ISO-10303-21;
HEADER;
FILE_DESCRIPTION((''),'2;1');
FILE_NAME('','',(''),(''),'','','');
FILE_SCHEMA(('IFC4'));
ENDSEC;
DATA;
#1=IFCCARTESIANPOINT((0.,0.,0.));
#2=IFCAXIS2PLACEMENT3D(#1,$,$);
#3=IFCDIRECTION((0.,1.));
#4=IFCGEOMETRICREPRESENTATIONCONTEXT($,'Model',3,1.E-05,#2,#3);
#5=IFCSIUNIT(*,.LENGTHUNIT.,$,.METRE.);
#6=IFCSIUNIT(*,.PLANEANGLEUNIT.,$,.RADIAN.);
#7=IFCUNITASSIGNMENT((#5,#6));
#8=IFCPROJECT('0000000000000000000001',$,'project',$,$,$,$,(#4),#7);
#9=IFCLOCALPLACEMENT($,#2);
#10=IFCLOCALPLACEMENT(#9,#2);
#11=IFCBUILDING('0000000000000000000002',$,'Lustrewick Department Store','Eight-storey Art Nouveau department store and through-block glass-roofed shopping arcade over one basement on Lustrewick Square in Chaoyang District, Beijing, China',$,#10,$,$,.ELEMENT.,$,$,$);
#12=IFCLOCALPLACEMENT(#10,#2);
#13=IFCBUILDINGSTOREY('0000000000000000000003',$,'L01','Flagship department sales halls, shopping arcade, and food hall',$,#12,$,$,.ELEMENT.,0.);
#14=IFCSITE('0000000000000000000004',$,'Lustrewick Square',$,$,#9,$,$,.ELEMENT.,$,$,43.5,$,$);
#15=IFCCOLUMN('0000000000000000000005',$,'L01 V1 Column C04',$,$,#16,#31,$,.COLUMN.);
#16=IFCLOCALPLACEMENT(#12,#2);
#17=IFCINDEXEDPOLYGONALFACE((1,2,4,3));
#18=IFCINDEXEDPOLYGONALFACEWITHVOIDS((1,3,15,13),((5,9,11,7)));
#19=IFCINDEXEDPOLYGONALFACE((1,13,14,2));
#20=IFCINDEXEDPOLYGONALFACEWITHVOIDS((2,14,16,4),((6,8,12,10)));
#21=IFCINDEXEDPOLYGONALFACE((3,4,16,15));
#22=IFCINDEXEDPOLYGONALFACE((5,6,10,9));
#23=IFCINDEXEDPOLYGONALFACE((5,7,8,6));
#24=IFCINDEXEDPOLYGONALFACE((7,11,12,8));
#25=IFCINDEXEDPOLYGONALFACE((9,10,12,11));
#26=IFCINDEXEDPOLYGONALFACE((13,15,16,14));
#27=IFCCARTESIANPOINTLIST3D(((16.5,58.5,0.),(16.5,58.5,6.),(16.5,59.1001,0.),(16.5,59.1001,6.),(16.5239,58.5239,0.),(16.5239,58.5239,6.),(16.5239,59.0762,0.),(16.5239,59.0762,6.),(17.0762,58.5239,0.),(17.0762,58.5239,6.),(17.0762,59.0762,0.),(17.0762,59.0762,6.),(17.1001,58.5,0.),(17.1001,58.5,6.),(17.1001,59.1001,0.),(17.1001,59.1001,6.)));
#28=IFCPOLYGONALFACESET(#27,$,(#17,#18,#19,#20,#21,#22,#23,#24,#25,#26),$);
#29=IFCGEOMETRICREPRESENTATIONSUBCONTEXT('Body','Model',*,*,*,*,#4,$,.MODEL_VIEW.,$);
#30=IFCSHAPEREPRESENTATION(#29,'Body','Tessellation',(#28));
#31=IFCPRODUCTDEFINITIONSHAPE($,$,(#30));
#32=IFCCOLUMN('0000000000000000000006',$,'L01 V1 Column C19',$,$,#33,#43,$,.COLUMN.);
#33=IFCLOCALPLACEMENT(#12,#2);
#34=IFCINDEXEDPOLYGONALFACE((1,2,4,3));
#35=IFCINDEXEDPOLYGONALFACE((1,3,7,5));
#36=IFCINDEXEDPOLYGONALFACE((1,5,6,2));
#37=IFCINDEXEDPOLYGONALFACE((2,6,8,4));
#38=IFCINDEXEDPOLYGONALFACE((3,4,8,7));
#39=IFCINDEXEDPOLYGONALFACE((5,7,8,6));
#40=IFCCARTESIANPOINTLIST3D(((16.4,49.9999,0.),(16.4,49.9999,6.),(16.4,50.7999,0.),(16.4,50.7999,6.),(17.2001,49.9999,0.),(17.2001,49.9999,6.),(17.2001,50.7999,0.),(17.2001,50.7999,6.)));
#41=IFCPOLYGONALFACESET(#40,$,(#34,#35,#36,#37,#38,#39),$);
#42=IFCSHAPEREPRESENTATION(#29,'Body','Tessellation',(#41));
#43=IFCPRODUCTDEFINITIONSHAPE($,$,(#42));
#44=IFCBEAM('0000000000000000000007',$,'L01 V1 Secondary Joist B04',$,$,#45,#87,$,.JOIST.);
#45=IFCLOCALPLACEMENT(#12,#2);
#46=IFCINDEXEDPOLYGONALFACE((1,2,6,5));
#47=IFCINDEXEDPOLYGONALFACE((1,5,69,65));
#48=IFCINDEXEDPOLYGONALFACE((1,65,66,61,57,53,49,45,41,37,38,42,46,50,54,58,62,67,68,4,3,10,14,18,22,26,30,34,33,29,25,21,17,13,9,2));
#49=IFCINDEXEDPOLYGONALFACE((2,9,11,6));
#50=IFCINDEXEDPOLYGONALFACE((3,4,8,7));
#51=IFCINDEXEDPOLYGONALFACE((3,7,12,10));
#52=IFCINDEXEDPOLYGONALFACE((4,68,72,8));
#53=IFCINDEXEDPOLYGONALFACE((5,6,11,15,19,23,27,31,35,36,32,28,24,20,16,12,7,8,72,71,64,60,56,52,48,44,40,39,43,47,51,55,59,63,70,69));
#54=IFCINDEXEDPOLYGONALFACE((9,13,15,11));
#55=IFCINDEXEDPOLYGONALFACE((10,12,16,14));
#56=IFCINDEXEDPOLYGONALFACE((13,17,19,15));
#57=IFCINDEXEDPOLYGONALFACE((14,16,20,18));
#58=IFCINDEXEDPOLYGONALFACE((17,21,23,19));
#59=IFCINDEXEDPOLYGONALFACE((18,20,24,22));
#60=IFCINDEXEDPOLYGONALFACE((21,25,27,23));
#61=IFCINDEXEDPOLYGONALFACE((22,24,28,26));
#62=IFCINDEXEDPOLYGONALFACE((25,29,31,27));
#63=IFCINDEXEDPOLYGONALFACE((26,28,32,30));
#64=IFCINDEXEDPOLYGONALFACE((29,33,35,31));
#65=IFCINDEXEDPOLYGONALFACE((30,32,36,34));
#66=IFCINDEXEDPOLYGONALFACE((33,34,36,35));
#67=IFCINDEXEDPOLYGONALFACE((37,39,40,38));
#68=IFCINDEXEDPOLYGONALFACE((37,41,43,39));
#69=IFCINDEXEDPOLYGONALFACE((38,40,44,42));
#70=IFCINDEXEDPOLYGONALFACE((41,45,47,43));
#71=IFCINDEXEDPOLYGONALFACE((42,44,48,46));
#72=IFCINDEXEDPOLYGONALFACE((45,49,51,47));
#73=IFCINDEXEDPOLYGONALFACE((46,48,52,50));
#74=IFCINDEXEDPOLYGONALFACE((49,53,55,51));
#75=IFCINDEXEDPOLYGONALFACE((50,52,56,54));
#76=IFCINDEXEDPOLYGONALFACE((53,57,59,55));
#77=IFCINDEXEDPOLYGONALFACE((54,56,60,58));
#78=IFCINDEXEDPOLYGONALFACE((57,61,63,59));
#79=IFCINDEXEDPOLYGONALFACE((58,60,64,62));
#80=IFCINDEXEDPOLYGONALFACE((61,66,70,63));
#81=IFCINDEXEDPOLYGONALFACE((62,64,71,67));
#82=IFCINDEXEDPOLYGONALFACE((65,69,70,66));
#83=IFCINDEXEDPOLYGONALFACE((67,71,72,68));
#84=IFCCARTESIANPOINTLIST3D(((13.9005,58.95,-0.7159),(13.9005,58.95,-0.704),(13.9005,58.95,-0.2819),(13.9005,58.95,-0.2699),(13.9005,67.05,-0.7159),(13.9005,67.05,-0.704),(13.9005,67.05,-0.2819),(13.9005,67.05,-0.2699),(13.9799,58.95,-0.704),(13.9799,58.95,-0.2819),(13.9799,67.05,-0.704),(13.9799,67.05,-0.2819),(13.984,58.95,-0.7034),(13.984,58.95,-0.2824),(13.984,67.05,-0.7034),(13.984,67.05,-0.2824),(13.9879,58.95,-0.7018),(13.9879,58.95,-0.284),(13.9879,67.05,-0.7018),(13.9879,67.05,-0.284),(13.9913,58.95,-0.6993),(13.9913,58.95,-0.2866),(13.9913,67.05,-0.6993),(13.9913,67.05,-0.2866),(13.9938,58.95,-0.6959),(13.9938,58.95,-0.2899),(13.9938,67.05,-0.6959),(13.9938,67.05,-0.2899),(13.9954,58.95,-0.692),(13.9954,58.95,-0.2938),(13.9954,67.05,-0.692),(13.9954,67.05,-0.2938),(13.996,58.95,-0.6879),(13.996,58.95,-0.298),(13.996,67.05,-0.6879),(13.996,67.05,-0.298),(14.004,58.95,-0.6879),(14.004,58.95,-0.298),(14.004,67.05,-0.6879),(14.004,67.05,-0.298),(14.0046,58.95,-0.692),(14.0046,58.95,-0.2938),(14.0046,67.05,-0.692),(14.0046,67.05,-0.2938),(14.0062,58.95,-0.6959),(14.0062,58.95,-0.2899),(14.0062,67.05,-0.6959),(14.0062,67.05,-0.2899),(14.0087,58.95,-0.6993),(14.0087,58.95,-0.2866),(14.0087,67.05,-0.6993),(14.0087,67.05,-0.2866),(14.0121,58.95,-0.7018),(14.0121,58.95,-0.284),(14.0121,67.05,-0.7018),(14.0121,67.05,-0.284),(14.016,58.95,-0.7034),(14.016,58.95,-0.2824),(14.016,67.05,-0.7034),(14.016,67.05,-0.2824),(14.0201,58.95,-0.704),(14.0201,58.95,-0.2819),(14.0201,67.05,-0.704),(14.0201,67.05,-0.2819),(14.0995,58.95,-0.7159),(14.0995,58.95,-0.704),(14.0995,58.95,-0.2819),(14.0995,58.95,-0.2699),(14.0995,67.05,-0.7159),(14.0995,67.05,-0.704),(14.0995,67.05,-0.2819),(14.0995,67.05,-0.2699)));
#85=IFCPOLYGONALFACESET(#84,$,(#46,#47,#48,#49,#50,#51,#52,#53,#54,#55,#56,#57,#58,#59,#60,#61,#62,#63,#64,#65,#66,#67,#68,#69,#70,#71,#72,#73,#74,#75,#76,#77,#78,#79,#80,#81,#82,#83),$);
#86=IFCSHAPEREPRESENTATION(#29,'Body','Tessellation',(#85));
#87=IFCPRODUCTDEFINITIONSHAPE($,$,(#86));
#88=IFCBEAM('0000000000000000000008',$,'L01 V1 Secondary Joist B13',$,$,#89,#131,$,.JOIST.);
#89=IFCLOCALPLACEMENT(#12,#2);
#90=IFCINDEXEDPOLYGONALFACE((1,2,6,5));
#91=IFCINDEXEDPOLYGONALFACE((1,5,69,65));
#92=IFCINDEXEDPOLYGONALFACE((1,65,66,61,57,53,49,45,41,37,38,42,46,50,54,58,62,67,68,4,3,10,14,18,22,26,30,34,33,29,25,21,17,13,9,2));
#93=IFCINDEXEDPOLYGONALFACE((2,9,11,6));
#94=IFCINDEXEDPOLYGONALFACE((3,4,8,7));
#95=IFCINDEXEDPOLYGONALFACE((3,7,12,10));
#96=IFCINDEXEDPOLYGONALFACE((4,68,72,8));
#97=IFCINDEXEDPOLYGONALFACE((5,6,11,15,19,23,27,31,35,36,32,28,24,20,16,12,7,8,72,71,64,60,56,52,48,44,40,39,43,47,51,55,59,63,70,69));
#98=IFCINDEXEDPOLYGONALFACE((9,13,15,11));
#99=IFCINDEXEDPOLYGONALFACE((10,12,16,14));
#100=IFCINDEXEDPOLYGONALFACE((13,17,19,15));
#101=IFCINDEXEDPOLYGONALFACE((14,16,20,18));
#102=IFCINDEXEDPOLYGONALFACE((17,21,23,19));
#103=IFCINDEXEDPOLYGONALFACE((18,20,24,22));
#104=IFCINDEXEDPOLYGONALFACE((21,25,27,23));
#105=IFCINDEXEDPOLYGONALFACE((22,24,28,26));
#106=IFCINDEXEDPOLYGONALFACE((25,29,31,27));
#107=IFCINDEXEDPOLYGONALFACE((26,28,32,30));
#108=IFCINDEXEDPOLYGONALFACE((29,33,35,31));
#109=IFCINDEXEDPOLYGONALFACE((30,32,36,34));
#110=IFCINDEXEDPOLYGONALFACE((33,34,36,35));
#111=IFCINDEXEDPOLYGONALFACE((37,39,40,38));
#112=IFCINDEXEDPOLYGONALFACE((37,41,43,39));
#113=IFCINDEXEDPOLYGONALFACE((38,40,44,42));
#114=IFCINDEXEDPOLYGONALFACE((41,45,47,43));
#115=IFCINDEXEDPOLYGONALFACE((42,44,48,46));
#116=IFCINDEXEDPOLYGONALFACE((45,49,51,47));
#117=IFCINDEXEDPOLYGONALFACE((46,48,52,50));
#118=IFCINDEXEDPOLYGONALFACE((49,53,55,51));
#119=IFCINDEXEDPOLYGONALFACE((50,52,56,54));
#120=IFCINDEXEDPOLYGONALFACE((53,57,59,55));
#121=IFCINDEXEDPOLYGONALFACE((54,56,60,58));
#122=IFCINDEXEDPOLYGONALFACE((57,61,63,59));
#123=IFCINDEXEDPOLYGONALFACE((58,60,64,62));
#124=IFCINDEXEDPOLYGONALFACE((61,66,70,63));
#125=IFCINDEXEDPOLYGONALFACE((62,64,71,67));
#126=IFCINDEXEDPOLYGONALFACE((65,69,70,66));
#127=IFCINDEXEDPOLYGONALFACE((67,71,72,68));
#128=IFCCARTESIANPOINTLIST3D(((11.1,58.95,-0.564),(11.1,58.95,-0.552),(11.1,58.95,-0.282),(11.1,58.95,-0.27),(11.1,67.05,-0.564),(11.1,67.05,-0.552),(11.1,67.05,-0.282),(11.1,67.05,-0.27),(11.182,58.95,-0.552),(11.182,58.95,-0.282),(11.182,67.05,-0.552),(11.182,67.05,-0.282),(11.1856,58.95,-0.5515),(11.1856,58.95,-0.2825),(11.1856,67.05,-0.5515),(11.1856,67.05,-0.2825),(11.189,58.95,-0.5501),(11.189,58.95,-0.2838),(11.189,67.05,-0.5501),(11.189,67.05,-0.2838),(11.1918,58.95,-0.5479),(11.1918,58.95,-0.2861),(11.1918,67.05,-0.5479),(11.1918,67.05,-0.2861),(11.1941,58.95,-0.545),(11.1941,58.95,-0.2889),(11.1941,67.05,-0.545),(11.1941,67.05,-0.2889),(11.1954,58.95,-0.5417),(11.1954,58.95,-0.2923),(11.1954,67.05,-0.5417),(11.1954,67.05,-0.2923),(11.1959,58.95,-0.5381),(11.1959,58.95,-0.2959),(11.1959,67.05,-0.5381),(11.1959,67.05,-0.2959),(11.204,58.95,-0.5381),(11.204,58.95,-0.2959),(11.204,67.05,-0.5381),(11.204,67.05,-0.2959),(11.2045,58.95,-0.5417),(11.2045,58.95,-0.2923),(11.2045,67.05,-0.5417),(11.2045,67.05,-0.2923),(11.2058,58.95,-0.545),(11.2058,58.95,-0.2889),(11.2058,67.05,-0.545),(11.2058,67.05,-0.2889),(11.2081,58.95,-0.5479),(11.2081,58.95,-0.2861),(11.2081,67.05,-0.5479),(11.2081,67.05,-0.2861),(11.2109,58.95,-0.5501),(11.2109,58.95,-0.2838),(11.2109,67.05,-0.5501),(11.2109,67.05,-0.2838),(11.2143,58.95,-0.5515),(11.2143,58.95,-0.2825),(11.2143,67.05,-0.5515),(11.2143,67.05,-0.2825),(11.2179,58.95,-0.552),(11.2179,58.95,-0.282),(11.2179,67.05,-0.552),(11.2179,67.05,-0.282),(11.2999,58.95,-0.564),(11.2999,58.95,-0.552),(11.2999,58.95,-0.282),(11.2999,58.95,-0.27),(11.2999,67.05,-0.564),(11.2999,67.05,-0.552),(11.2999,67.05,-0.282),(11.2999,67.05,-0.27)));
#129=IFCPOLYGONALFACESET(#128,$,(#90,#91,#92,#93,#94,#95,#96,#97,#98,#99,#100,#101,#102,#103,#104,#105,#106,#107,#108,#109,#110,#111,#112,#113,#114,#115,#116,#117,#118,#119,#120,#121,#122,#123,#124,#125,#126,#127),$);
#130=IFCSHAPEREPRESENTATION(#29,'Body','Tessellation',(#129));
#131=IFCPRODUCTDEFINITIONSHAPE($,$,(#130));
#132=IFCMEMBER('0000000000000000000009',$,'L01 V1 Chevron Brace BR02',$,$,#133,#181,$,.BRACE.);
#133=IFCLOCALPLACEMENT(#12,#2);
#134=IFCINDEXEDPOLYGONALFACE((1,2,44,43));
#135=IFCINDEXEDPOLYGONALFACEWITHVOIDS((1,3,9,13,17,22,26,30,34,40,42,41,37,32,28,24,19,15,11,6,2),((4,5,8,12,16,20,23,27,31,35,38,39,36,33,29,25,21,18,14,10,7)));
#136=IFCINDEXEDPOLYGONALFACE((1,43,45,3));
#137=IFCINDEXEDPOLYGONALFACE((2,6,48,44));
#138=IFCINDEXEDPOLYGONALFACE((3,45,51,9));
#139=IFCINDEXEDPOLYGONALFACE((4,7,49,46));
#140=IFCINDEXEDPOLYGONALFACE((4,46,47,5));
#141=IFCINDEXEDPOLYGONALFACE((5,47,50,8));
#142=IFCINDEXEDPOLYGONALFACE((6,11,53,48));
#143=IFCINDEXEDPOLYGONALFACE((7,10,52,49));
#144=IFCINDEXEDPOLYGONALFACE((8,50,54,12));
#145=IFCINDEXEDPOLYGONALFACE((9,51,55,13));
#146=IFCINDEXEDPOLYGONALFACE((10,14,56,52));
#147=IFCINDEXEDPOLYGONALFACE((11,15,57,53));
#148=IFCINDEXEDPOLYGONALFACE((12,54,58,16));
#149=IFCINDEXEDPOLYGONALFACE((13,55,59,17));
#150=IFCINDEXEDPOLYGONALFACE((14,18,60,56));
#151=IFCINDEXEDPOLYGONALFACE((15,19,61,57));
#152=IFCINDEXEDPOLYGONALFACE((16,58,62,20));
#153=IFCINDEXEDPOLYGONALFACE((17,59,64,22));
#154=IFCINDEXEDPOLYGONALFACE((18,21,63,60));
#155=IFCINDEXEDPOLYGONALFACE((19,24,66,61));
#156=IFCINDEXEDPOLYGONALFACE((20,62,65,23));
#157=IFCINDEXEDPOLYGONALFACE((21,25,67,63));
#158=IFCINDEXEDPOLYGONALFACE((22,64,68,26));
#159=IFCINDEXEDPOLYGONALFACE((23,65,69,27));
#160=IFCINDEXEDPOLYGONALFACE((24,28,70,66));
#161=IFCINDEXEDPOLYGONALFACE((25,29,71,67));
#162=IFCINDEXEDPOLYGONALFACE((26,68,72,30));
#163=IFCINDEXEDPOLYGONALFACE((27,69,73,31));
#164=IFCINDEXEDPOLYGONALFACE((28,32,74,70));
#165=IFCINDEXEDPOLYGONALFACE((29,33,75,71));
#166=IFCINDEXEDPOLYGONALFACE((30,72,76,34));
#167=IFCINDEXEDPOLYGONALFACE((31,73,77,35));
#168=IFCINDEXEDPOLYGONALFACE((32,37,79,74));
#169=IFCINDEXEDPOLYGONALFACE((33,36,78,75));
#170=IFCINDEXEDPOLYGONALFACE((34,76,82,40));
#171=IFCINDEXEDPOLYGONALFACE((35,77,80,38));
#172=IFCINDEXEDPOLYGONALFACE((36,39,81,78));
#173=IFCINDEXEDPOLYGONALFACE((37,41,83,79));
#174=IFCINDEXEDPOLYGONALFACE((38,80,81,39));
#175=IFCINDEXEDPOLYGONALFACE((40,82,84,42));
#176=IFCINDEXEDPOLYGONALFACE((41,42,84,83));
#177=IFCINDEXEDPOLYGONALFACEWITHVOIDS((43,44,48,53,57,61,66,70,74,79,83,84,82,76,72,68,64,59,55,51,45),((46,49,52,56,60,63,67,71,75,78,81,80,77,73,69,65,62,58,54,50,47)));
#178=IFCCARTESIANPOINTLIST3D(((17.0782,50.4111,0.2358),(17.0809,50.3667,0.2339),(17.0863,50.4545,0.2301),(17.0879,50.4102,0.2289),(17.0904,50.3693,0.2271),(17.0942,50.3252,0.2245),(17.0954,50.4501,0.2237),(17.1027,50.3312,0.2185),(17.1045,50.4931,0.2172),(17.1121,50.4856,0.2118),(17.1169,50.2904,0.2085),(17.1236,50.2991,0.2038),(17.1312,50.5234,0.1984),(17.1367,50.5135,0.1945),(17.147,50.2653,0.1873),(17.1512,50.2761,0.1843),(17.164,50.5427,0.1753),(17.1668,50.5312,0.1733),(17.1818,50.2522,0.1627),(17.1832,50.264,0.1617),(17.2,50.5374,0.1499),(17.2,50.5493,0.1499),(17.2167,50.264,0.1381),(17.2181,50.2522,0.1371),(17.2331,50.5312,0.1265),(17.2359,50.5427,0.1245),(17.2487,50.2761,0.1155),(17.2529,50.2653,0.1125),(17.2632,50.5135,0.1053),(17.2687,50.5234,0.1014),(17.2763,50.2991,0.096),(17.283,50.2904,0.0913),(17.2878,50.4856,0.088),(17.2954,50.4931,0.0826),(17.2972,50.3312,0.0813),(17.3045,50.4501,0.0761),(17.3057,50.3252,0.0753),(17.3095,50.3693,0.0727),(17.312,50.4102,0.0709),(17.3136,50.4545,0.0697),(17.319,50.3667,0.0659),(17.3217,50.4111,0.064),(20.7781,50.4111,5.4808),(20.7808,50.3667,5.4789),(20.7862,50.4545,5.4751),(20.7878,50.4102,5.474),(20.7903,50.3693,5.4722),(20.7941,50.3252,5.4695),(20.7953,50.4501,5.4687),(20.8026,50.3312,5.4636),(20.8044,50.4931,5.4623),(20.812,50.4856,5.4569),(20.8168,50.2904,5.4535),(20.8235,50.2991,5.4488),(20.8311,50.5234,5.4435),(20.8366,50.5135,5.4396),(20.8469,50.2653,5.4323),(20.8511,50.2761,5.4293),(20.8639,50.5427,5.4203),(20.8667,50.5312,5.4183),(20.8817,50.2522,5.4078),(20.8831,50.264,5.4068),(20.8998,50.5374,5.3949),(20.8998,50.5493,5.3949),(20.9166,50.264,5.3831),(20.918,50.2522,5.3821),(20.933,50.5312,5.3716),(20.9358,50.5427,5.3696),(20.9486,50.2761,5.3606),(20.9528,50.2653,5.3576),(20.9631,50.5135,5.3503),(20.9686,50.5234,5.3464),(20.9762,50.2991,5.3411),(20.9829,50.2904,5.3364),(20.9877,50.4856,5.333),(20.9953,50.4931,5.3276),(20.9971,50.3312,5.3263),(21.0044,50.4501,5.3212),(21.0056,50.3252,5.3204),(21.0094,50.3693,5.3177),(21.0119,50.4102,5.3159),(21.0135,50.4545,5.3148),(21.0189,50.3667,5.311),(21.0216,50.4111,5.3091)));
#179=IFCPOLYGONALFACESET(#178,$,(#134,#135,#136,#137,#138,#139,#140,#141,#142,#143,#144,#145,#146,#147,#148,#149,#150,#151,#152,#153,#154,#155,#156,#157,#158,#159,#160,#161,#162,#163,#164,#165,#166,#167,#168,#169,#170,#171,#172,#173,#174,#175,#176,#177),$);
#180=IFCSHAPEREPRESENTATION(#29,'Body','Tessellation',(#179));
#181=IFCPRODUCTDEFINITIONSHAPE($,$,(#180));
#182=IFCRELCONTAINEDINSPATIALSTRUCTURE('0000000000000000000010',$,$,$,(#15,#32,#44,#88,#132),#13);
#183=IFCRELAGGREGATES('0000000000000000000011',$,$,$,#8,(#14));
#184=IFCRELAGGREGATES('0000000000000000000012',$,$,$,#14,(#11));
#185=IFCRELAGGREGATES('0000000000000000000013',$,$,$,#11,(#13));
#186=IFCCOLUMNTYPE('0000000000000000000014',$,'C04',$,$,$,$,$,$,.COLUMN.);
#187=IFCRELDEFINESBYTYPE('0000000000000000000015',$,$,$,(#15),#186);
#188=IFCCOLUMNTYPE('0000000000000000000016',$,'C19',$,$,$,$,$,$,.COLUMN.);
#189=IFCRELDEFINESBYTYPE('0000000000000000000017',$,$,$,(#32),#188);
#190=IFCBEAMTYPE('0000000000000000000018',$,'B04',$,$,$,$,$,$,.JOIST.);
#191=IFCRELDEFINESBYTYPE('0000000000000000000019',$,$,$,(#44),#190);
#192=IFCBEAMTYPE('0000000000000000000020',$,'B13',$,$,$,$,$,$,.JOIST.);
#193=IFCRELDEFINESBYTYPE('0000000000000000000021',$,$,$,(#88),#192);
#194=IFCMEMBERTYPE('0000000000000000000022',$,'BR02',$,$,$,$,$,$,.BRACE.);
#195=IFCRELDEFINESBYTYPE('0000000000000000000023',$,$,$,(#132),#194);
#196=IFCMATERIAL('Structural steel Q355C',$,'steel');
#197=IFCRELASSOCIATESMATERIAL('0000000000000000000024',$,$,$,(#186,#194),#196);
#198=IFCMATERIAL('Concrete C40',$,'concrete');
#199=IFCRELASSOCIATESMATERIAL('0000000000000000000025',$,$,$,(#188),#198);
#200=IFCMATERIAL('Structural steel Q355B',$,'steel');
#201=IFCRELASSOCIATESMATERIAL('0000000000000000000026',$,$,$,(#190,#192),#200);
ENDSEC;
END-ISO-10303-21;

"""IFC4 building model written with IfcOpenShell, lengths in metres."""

from ifc_helpers import new_model, si_unit, direction, frame, origin, origin_2d, place, context, subcontext, project, spatial, rectangle, hollow_rectangle, hollow_circle, i_section, extrude, material, material_profile, profile_set, type_object, element, save


model = new_model("IFC4")

# Units and contexts
model_context = context("Model", 3, precision=1e-05, world=origin(), true_north=direction((0.0, 1.0)))
body_context = subcontext(model_context, "Body", "Model", "MODEL_VIEW")
ifc_project = project(units=[si_unit("LENGTHUNIT", "METRE"), si_unit("PLANEANGLEUNIT", "RADIAN")], contexts=[model_context])

# Site, building, storey
site_placement = place(None, origin())
site = spatial("IfcSite", under=ifc_project, at=site_placement, Name="Lustrewick Square", CompositionType="ELEMENT", RefElevation=43.5)
building_placement = place(site_placement, origin())
building = spatial("IfcBuilding", under=site, at=building_placement, Name="Lustrewick Department Store", Description="Eight-storey Art Nouveau department store and through-block glass-roofed shopping arcade over one basement on Lustrewick Square in Chaoyang District, Beijing, China", CompositionType="ELEMENT")
storey_placement = place(building_placement, origin())
storey = spatial("IfcBuildingStorey", under=building, at=storey_placement, Name="L01", Description="Flagship department sales halls, shopping arcade, and food hall", CompositionType="ELEMENT", Elevation=0.0)

# Columns
ifc_material_1 = material(Name="Structural steel Q355C", Category="steel")
ifc_material_profile_1 = material_profile(ifc_material_1, hollow_rectangle(XDim=0.6001, YDim=0.6001, WallThickness=0.0239, at=origin_2d()), Name="BOX 600x600x24")
ifc_profile_set_1 = profile_set([ifc_material_profile_1], Name="Structural steel Q355C")
column_type_1 = type_object("IfcColumnType", Name="C04", PredefinedType="COLUMN", material=ifc_profile_set_1)
column_1_placement = place(storey_placement, frame((16.8, 58.8, 0.0), z_axis=(0.0, 0.0, 1.0), x_axis=(1.0, 0.0, 0.0)))
element("IfcColumn", 1, at=column_1_placement, inside=storey, type_object=column_type_1, Name="L01 V1 Column C04", PredefinedType="COLUMN", context=body_context, shape_type="SweptSolid", body=[
    extrude(hollow_rectangle(XDim=0.6001, YDim=0.6001, WallThickness=0.0239, at=origin_2d()), origin(), (0.0, 0.0, 1.0), 6.0),
])
ifc_material_2 = material(Name="Concrete C40", Category="concrete")
ifc_material_profile_2 = material_profile(ifc_material_2, rectangle(XDim=0.8, YDim=0.8, at=origin_2d()), Name="RC 800x800")
ifc_profile_set_2 = profile_set([ifc_material_profile_2], Name="Concrete C40")
column_type_2 = type_object("IfcColumnType", Name="C19", PredefinedType="COLUMN", material=ifc_profile_set_2)
column_2_placement = place(storey_placement, frame((16.8, 50.3999, 0.0), z_axis=(0.0, 0.0, 1.0), x_axis=(1.0, 0.0, 0.0)))
element("IfcColumn", 2, at=column_2_placement, inside=storey, type_object=column_type_2, Name="L01 V1 Column C19", PredefinedType="COLUMN", context=body_context, shape_type="SweptSolid", body=[
    extrude(rectangle(XDim=0.8, YDim=0.8, at=origin_2d()), origin(), (0.0, 0.0, 1.0), 6.0),
])

# Beams
ifc_material_3 = material(Name="Structural steel Q355B", Category="steel")
ifc_material_profile_3 = material_profile(ifc_material_3, i_section(OverallWidth=0.199, OverallDepth=0.446, WebThickness=0.0081, FlangeThickness=0.012, FilletRadius=0.0161, at=origin_2d()), Name="HN 446x199x8x12")
ifc_profile_set_3 = profile_set([ifc_material_profile_3], Name="Structural steel Q355B")
beam_type_1 = type_object("IfcBeamType", Name="B04", PredefinedType="JOIST", material=ifc_profile_set_3)
beam_1_placement = place(storey_placement, frame((14.0, 58.95, -0.4929), z_axis=(0.0, 1.0, 0.0), x_axis=(-1.0, 0.0, 0.0)))
element("IfcBeam", 3, at=beam_1_placement, inside=storey, type_object=beam_type_1, Name="L01 V1 Secondary Joist B04", PredefinedType="JOIST", context=body_context, shape_type="SweptSolid", body=[
    extrude(i_section(OverallWidth=0.199, OverallDepth=0.446, WebThickness=0.0081, FlangeThickness=0.012, FilletRadius=0.0161, at=origin_2d()), origin(), (0.0, 0.0, 1.0), 8.1001),
])
ifc_material_profile_4 = material_profile(ifc_material_3, i_section(OverallWidth=0.2, OverallDepth=0.2939, WebThickness=0.0081, FlangeThickness=0.012, FilletRadius=0.0139, at=origin_2d()), Name="HM 294x200x8x12")
ifc_profile_set_4 = profile_set([ifc_material_profile_4], Name="Structural steel Q355B")
beam_type_2 = type_object("IfcBeamType", Name="B13", PredefinedType="JOIST", material=ifc_profile_set_4)
beam_2_placement = place(storey_placement, frame((11.2, 58.95, -0.417), z_axis=(0.0, 1.0, 0.0), x_axis=(-1.0, 0.0, 0.0)))
element("IfcBeam", 4, at=beam_2_placement, inside=storey, type_object=beam_type_2, Name="L01 V1 Secondary Joist B13", PredefinedType="JOIST", context=body_context, shape_type="SweptSolid", body=[
    extrude(i_section(OverallWidth=0.2, OverallDepth=0.2939, WebThickness=0.0081, FlangeThickness=0.012, FilletRadius=0.0139, at=origin_2d()), origin(), (0.0, 0.0, 1.0), 8.1001),
])

# Member
ifc_material_profile_5 = material_profile(ifc_material_1, hollow_circle(Radius=0.1494, WallThickness=0.012, at=origin_2d()), Name="CHS 299x12")
ifc_profile_set_5 = profile_set([ifc_material_profile_5], Name="Structural steel Q355C")
member_type = type_object("IfcMemberType", Name="BR02", PredefinedType="BRACE", material=ifc_profile_set_5)
member_placement = place(storey_placement, frame((17.2, 50.3999, 0.1499), z_axis=(0.576425, 0.0, 0.81715), x_axis=(0.0, 1.0, 0.0)))
element("IfcMember", 5, at=member_placement, inside=storey, type_object=member_type, Name="L01 V1 Chevron Brace BR02", PredefinedType="BRACE", context=body_context, shape_type="SweptSolid", body=[
    extrude(hollow_circle(Radius=0.1494, WallThickness=0.012, at=origin_2d()), origin(), (0.0, 0.0, 1.0), 6.4187),
])

save(model, "model.ifc")
